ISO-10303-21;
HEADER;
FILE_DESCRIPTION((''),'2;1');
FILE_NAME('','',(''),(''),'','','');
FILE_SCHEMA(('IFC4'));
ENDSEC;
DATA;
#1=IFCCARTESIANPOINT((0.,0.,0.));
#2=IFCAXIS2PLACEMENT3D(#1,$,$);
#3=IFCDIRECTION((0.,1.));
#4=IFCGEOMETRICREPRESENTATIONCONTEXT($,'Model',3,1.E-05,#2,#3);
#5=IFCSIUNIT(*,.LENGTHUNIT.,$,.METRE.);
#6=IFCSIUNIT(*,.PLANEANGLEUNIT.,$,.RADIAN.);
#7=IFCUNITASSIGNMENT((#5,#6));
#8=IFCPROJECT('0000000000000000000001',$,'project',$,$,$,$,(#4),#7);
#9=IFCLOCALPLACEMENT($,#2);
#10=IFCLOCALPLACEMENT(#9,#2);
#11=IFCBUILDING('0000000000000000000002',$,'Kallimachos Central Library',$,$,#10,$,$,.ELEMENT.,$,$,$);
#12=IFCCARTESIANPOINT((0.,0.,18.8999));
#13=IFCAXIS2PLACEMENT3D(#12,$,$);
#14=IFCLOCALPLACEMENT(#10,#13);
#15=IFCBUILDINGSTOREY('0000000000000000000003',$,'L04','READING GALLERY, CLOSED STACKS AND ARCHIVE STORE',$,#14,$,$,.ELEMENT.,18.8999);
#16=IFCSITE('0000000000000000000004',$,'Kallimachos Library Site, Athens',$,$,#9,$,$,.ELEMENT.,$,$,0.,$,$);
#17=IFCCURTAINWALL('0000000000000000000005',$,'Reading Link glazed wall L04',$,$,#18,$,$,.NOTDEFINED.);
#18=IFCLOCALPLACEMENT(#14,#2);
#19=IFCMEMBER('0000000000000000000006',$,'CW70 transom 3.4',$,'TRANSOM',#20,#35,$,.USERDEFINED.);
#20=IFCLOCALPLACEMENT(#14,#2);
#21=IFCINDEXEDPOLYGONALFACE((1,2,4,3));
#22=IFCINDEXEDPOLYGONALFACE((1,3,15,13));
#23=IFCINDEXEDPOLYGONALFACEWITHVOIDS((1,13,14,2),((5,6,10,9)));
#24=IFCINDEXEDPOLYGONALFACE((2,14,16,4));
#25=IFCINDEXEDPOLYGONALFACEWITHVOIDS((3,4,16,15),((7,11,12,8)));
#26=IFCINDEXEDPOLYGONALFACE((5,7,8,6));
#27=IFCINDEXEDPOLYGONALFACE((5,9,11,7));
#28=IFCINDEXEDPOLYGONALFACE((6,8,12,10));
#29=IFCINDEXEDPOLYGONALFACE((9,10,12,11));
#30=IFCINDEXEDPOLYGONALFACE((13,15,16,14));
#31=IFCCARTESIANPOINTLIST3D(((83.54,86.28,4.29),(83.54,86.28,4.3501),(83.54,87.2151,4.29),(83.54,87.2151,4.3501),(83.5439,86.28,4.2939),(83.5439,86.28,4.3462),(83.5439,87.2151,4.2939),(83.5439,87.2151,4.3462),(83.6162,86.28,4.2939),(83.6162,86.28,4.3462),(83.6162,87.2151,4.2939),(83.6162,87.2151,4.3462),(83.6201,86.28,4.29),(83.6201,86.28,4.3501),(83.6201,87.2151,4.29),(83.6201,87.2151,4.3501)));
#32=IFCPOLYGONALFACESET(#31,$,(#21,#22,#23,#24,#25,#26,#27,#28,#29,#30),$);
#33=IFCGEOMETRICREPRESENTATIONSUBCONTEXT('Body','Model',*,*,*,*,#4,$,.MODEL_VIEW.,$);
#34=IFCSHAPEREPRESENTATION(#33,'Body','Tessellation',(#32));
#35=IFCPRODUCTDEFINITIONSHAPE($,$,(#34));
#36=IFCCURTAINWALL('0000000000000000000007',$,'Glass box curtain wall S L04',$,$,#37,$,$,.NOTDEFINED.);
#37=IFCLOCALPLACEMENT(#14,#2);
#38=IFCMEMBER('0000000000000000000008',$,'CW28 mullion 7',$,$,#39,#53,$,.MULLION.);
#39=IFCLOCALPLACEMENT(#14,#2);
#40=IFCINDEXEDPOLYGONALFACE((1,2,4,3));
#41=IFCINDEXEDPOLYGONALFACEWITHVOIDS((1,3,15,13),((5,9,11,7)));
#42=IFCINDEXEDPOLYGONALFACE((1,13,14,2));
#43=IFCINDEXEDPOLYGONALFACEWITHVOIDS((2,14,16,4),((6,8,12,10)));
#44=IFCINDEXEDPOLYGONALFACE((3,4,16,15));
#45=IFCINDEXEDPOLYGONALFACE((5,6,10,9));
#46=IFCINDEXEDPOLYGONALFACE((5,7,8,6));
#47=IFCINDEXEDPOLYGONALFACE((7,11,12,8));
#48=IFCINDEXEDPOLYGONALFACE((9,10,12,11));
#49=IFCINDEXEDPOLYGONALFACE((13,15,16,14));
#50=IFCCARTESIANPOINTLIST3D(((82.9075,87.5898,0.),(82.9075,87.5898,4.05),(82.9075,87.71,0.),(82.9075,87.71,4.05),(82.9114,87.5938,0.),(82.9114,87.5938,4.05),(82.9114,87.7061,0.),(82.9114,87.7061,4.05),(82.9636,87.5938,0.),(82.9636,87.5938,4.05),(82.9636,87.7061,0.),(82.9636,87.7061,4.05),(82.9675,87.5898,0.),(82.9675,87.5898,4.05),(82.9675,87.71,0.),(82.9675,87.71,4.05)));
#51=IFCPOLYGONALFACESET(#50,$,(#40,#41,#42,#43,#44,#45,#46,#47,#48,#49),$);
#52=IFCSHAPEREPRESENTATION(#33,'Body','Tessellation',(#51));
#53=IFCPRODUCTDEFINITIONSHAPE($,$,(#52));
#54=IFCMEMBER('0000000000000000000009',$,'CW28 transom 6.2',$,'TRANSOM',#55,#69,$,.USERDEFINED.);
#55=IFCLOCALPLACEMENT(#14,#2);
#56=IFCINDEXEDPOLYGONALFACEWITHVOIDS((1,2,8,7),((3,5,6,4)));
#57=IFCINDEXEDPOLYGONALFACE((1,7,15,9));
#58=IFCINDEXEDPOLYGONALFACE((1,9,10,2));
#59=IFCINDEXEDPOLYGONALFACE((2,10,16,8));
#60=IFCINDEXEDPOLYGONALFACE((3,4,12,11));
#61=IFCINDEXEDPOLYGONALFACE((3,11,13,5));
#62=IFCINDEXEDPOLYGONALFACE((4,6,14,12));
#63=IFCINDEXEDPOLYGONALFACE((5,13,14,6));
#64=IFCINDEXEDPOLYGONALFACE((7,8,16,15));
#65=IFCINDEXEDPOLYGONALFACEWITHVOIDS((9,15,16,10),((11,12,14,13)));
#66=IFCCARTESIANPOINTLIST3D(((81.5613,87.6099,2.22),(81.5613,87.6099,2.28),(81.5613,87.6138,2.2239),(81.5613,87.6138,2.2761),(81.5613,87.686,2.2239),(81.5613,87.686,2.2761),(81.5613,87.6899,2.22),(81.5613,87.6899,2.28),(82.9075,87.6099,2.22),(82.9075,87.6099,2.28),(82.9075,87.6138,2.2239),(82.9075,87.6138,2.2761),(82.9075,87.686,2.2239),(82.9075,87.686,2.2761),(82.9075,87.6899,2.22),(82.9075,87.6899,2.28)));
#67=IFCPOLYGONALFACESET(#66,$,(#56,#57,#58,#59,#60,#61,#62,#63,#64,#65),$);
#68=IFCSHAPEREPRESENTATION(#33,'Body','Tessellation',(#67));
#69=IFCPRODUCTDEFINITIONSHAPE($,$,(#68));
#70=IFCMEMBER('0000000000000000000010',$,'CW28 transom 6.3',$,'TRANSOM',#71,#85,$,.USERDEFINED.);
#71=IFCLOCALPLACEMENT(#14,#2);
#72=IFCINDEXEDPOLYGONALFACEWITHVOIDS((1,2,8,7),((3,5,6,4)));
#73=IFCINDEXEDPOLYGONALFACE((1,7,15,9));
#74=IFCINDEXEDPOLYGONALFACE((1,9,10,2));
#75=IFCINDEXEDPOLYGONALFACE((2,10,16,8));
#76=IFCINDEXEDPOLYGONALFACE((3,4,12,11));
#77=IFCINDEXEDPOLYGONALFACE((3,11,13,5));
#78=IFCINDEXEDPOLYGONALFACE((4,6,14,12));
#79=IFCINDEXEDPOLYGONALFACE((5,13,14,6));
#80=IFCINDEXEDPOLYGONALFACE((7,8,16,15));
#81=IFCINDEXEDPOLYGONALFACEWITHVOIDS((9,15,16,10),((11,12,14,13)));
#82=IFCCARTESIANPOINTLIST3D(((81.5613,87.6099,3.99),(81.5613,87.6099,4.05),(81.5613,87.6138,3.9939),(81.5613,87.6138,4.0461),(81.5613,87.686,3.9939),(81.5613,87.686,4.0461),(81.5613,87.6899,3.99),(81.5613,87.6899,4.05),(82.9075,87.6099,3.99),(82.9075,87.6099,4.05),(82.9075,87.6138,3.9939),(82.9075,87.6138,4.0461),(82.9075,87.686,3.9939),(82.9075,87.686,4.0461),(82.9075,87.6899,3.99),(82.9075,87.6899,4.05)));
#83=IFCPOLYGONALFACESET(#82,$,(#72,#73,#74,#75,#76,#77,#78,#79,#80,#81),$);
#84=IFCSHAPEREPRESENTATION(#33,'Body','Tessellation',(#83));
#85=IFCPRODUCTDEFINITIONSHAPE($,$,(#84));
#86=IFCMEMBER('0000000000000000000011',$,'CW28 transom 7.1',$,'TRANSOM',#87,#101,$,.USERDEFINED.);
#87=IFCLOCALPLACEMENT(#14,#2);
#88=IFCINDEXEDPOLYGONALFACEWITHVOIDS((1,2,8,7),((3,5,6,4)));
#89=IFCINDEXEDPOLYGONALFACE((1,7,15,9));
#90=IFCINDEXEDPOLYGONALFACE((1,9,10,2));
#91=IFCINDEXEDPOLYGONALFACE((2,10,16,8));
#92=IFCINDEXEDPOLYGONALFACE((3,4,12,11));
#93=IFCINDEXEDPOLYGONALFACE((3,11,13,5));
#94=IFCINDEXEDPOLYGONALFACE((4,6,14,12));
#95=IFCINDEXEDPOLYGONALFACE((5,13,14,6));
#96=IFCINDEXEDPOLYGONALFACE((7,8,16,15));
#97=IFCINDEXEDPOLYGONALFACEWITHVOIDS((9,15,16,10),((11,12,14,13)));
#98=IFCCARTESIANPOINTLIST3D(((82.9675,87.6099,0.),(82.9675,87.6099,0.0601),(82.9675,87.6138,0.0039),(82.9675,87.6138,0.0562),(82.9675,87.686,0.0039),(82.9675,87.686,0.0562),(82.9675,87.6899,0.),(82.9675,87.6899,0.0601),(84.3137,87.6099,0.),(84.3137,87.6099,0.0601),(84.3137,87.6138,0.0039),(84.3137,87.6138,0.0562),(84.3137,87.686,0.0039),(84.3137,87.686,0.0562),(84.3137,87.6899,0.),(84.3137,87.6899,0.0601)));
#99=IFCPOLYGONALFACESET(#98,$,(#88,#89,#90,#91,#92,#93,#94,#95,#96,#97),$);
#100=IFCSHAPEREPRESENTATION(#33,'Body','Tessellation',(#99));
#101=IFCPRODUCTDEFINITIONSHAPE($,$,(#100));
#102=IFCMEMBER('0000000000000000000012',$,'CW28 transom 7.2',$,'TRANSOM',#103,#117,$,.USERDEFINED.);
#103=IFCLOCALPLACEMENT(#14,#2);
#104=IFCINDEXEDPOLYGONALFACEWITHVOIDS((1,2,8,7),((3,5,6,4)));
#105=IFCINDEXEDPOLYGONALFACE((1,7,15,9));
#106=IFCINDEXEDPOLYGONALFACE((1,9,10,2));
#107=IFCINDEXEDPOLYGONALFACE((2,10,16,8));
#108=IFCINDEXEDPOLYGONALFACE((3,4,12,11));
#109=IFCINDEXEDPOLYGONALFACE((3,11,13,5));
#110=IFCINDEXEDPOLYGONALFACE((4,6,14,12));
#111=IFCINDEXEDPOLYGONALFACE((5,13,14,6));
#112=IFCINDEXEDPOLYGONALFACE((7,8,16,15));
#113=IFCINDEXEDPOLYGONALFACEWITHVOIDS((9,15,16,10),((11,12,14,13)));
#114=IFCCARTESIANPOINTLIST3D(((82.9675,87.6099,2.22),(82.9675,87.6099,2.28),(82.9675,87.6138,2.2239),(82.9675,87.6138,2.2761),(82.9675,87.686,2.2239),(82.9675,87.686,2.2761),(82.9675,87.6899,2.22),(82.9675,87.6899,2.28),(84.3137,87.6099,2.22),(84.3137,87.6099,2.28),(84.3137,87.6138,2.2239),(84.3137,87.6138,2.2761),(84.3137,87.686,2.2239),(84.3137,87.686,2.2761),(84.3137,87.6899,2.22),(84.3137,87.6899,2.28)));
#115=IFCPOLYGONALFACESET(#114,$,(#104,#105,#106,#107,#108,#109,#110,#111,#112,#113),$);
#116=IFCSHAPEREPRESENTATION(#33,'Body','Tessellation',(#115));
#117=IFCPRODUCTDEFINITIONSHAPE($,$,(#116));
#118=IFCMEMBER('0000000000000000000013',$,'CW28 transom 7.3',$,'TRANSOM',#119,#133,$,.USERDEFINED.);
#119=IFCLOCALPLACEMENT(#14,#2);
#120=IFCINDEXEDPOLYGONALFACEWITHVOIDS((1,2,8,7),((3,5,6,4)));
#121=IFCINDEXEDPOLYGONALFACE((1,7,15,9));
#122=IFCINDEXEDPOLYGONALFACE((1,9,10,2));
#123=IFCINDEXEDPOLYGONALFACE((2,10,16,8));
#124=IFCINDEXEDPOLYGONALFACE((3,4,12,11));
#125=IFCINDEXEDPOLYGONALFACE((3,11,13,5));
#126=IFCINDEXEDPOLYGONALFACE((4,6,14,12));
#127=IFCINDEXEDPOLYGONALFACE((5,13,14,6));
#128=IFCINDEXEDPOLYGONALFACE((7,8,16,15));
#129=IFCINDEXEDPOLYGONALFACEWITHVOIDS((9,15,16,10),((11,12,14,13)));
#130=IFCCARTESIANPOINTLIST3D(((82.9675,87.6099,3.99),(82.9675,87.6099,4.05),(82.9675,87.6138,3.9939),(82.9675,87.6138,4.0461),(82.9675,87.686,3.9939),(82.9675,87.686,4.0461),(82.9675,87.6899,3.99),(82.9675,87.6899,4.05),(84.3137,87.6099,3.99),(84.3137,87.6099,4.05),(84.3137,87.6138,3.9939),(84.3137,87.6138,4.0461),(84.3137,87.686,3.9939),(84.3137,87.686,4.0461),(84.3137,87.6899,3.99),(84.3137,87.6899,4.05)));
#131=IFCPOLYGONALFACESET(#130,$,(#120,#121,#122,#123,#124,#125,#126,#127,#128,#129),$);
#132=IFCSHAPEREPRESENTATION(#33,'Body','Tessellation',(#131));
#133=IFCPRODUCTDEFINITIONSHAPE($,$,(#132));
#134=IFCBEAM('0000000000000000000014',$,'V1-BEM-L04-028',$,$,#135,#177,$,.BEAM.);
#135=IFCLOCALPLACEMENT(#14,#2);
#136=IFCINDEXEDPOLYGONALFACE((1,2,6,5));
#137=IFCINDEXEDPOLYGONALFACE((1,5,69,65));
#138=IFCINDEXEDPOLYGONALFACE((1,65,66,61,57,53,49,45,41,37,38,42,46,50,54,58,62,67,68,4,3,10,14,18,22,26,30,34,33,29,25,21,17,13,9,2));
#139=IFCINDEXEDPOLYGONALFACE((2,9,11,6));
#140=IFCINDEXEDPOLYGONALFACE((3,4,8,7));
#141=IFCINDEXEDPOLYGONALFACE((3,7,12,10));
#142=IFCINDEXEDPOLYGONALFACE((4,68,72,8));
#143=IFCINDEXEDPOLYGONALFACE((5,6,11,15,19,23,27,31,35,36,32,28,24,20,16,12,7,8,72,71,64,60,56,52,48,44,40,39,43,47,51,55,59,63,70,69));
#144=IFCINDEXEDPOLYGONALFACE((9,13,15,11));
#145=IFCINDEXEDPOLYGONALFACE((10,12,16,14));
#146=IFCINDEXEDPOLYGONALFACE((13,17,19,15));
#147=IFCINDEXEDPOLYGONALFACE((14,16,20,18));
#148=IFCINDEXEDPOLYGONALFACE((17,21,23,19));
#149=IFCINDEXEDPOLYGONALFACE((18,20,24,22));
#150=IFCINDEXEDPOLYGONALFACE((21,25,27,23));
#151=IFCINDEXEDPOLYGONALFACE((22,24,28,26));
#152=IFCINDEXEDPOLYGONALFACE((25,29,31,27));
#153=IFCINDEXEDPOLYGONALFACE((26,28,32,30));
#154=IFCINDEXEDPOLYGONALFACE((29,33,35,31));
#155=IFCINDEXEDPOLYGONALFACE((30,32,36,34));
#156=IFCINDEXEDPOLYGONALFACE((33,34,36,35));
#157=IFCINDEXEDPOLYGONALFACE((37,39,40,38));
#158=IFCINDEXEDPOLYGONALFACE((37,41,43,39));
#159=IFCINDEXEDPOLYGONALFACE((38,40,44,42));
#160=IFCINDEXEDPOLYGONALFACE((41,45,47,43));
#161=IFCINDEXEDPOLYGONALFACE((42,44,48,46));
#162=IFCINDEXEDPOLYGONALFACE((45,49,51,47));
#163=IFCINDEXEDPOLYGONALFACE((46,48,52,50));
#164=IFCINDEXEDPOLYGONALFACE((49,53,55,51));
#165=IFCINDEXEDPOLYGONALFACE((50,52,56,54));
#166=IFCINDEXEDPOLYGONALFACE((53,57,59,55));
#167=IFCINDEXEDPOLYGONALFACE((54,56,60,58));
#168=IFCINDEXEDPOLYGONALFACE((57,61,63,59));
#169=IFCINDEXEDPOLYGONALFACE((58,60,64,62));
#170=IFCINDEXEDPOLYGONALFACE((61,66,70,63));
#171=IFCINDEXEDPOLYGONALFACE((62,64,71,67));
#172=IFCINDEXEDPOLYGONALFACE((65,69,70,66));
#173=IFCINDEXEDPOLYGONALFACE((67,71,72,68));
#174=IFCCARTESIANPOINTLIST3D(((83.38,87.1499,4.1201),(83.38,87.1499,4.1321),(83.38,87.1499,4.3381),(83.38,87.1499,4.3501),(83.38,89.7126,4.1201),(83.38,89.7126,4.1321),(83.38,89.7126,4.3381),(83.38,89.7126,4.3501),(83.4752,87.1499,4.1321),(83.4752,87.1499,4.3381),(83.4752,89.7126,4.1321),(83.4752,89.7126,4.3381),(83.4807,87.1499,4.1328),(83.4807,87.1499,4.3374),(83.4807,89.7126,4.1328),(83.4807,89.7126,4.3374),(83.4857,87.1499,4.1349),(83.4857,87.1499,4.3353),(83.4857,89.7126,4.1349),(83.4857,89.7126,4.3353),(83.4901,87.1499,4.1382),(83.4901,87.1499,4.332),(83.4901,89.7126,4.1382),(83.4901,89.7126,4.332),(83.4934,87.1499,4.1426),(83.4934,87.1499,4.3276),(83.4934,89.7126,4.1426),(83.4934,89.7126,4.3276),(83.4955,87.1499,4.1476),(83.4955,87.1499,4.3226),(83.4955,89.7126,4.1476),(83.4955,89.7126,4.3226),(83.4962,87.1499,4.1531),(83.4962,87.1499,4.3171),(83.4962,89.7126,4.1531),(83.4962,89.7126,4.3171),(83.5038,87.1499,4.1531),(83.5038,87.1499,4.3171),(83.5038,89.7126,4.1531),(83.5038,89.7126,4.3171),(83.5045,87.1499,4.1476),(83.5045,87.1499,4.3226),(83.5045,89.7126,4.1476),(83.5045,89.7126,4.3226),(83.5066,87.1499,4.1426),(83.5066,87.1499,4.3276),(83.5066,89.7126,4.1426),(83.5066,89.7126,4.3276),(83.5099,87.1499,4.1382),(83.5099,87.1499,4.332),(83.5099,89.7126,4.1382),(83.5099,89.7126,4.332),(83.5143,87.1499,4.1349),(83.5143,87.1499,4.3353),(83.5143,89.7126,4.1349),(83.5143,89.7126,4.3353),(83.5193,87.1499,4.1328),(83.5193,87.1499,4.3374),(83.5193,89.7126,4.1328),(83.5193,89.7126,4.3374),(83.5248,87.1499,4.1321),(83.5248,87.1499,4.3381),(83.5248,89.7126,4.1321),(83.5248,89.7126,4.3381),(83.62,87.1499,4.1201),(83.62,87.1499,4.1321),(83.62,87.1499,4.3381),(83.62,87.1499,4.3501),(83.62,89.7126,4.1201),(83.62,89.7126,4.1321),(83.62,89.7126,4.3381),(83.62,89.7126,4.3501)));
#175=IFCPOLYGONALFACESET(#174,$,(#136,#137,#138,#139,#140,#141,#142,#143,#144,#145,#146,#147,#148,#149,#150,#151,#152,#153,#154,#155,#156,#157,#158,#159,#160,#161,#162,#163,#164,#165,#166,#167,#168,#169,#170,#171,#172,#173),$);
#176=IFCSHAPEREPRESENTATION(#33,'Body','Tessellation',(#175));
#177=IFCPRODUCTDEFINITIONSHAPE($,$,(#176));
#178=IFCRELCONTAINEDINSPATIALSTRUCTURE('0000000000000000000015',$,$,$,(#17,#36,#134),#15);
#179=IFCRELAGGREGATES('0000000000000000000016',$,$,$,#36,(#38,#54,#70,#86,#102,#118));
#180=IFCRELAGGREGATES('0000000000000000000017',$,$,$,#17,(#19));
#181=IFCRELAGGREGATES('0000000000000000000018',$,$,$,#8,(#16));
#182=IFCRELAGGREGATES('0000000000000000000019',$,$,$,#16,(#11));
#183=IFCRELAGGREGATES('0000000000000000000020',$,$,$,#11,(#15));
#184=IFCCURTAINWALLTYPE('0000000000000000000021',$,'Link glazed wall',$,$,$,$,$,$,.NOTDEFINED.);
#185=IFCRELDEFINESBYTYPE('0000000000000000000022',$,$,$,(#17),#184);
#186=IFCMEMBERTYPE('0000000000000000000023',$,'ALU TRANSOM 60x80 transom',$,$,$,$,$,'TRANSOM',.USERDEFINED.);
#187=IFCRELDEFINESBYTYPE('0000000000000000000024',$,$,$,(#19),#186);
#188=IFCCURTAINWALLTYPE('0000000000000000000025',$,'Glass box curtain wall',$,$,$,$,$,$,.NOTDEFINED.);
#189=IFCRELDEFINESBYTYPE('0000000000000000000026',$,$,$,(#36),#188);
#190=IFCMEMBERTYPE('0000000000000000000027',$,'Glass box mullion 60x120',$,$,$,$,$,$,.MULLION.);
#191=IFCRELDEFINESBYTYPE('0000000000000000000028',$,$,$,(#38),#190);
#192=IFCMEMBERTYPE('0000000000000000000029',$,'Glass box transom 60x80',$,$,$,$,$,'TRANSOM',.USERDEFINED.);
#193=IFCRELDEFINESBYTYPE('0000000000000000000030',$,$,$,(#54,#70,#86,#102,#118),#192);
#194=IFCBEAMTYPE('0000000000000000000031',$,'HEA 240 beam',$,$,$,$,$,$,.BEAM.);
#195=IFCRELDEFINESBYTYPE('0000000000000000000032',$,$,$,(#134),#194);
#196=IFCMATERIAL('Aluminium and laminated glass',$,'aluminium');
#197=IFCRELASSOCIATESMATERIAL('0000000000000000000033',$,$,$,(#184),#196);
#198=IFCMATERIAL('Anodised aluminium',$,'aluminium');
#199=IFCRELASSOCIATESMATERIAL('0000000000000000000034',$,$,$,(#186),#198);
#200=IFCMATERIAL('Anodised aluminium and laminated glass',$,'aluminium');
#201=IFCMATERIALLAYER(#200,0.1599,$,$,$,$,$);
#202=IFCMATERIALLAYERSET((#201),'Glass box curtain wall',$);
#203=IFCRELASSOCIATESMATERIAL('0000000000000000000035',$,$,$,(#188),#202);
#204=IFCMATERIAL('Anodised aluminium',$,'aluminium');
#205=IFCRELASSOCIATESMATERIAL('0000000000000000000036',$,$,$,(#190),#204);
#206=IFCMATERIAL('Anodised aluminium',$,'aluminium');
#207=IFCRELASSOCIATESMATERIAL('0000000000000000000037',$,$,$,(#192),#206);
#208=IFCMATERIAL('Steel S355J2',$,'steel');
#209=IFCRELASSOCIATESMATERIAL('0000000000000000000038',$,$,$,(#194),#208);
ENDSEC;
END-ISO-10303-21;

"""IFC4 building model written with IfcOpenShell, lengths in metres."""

from ifc_helpers import new_model, si_unit, direction, frame, origin, origin_2d, place, context, subcontext, project, spatial, hollow_rectangle, i_section, extrude, material, layer, layer_set, material_profile, profile_set, type_object, element, aggregate, save


model = new_model("IFC4")

# Units and contexts
model_context = context("Model", 3, precision=1e-05, world=origin(), true_north=direction((0.0, 1.0)))
body_context = subcontext(model_context, "Body", "Model", "MODEL_VIEW")
ifc_project = project(units=[si_unit("LENGTHUNIT", "METRE"), si_unit("PLANEANGLEUNIT", "RADIAN")], contexts=[model_context])

# Site, building, storey
site_placement = place(None, origin())
site = spatial("IfcSite", under=ifc_project, at=site_placement, Name="Kallimachos Library Site, Athens", CompositionType="ELEMENT", RefElevation=0.0)
building_placement = place(site_placement, origin())
building = spatial("IfcBuilding", under=site, at=building_placement, Name="Kallimachos Central Library", CompositionType="ELEMENT")
storey_placement = place(building_placement, frame((0.0, 0.0, 18.8999)))
storey = spatial("IfcBuildingStorey", under=building, at=storey_placement, Name="L04", Description="READING GALLERY, CLOSED STACKS AND ARCHIVE STORE", CompositionType="ELEMENT", Elevation=18.8999)

# Curtain walls, members
ifc_material_1 = material(Name="Aluminium and laminated glass", Category="aluminium")
curtain_wall_type_1 = type_object("IfcCurtainWallType", Name="Link glazed wall", PredefinedType="NOTDEFINED", material=ifc_material_1)
curtain_wall_1_placement = place(storey_placement, origin())
curtain_wall_1 = element("IfcCurtainWall", 1, at=curtain_wall_1_placement, inside=storey, type_object=curtain_wall_type_1, Name="Reading Link glazed wall L04", PredefinedType="NOTDEFINED")
ifc_material_2 = material(Name="Anodised aluminium", Category="aluminium")
ifc_material_profile_1 = material_profile(ifc_material_2, hollow_rectangle(XDim=0.0601, YDim=0.0801, WallThickness=0.0039, at=origin_2d()), Name="ALU TRANSOM 60x80")
ifc_profile_set_1 = profile_set([ifc_material_profile_1], Name="Anodised aluminium")
member_type_1 = type_object("IfcMemberType", Name="ALU TRANSOM 60x80 transom", ElementType="TRANSOM", PredefinedType="USERDEFINED", material=ifc_profile_set_1)
member_1_placement = place(storey_placement, frame((83.5801, 86.28, 4.3201), z_axis=(0.0, 1.0, 0.0), x_axis=(0.0, 0.0, 1.0)))
member_1 = element("IfcMember", 2, at=member_1_placement, type_object=member_type_1, Name="CW70 transom 3.4", ObjectType="TRANSOM", PredefinedType="USERDEFINED", context=body_context, shape_type="SweptSolid", body=[
    extrude(hollow_rectangle(XDim=0.0601, YDim=0.0801, WallThickness=0.0039, at=origin_2d()), origin(), (0.0, 0.0, 1.0), 0.9351),
])
ifc_material_3 = material(Name="Anodised aluminium and laminated glass", Category="aluminium")
ifc_layer_1 = layer(ifc_material_3, 0.1599)
ifc_layer_set_1 = layer_set([ifc_layer_1], Name="Glass box curtain wall")
curtain_wall_type_2 = type_object("IfcCurtainWallType", Name="Glass box curtain wall", PredefinedType="NOTDEFINED", material=ifc_layer_set_1)
curtain_wall_2_placement = place(storey_placement, origin())
curtain_wall_2 = element("IfcCurtainWall", 3, at=curtain_wall_2_placement, inside=storey, type_object=curtain_wall_type_2, Name="Glass box curtain wall S L04", PredefinedType="NOTDEFINED")
ifc_material_4 = material(Name="Anodised aluminium", Category="aluminium")
ifc_material_profile_2 = material_profile(ifc_material_4, hollow_rectangle(XDim=0.0601, YDim=0.1201, WallThickness=0.0039, at=origin_2d()), Name="ALU MULLION 60x120")
ifc_profile_set_2 = profile_set([ifc_material_profile_2], Name="Anodised aluminium")
member_type_2 = type_object("IfcMemberType", Name="Glass box mullion 60x120", PredefinedType="MULLION", material=ifc_profile_set_2)
member_2_placement = place(storey_placement, frame((82.9375, 87.6499, 0.0), z_axis=(0.0, 0.0, 1.0), x_axis=(1.0, 0.0, 0.0)))
member_2 = element("IfcMember", 4, at=member_2_placement, type_object=member_type_2, Name="CW28 mullion 7", PredefinedType="MULLION", context=body_context, shape_type="SweptSolid", body=[
    extrude(hollow_rectangle(XDim=0.0601, YDim=0.1201, WallThickness=0.0039, at=origin_2d()), origin(), (0.0, 0.0, 1.0), 4.05),
])
ifc_material_5 = material(Name="Anodised aluminium", Category="aluminium")
ifc_material_profile_3 = material_profile(ifc_material_5, hollow_rectangle(XDim=0.0601, YDim=0.0801, WallThickness=0.0039, at=origin_2d()), Name="ALU TRANSOM 60x80")
ifc_profile_set_3 = profile_set([ifc_material_profile_3], Name="Anodised aluminium")
member_type_3 = type_object("IfcMemberType", Name="Glass box transom 60x80", ElementType="TRANSOM", PredefinedType="USERDEFINED", material=ifc_profile_set_3)
member_3_placement = place(storey_placement, frame((81.5613, 87.6499, 2.25), z_axis=(1.0, 0.0, 0.0), x_axis=(0.0, 0.0, 1.0)))
member_3 = element("IfcMember", 5, at=member_3_placement, type_object=member_type_3, Name="CW28 transom 6.2", ObjectType="TRANSOM", PredefinedType="USERDEFINED", context=body_context, shape_type="SweptSolid", body=[
    extrude(hollow_rectangle(XDim=0.0601, YDim=0.0801, WallThickness=0.0039, at=origin_2d()), origin(), (0.0, 0.0, 1.0), 1.3462),
])
member_4_placement = place(storey_placement, frame((81.5613, 87.6499, 4.02), z_axis=(1.0, 0.0, 0.0), x_axis=(0.0, 0.0, 1.0)))
member_4 = element("IfcMember", 6, at=member_4_placement, type_object=member_type_3, Name="CW28 transom 6.3", ObjectType="TRANSOM", PredefinedType="USERDEFINED", context=body_context, shape_type="SweptSolid", body=[
    extrude(hollow_rectangle(XDim=0.0601, YDim=0.0801, WallThickness=0.0039, at=origin_2d()), origin(), (0.0, 0.0, 1.0), 1.3462),
])
member_5_placement = place(storey_placement, frame((82.9675, 87.6499, 0.03), z_axis=(1.0, 0.0, 0.0), x_axis=(0.0, 0.0, 1.0)))
member_5 = element("IfcMember", 7, at=member_5_placement, type_object=member_type_3, Name="CW28 transom 7.1", ObjectType="TRANSOM", PredefinedType="USERDEFINED", context=body_context, shape_type="SweptSolid", body=[
    extrude(hollow_rectangle(XDim=0.0601, YDim=0.0801, WallThickness=0.0039, at=origin_2d()), origin(), (0.0, 0.0, 1.0), 1.3462),
])
member_6_placement = place(storey_placement, frame((82.9675, 87.6499, 2.25), z_axis=(1.0, 0.0, 0.0), x_axis=(0.0, 0.0, 1.0)))
member_6 = element("IfcMember", 8, at=member_6_placement, type_object=member_type_3, Name="CW28 transom 7.2", ObjectType="TRANSOM", PredefinedType="USERDEFINED", context=body_context, shape_type="SweptSolid", body=[
    extrude(hollow_rectangle(XDim=0.0601, YDim=0.0801, WallThickness=0.0039, at=origin_2d()), origin(), (0.0, 0.0, 1.0), 1.3462),
])
member_7_placement = place(storey_placement, frame((82.9675, 87.6499, 4.02), z_axis=(1.0, 0.0, 0.0), x_axis=(0.0, 0.0, 1.0)))
member_7 = element("IfcMember", 9, at=member_7_placement, type_object=member_type_3, Name="CW28 transom 7.3", ObjectType="TRANSOM", PredefinedType="USERDEFINED", context=body_context, shape_type="SweptSolid", body=[
    extrude(hollow_rectangle(XDim=0.0601, YDim=0.0801, WallThickness=0.0039, at=origin_2d()), origin(), (0.0, 0.0, 1.0), 1.3462),
])

# Beam
ifc_material_6 = material(Name="Steel S355J2", Category="steel")
ifc_material_profile_4 = material_profile(ifc_material_6, i_section(OverallWidth=0.24, OverallDepth=0.23, WebThickness=0.0076, FlangeThickness=0.012, FilletRadius=0.021, at=origin_2d()), Name="HEA 240")
ifc_profile_set_4 = profile_set([ifc_material_profile_4], Name="Steel S355J2")
beam_type_1 = type_object("IfcBeamType", Name="HEA 240 beam", PredefinedType="BEAM", material=ifc_profile_set_4)
beam_1_placement = place(storey_placement, frame((83.5, 87.1499, 4.2351), z_axis=(0.0, 1.0, 0.0), x_axis=(-1.0, 0.0, 0.0)))
element("IfcBeam", 10, at=beam_1_placement, inside=storey, type_object=beam_type_1, Name="V1-BEM-L04-028", PredefinedType="BEAM", context=body_context, shape_type="SweptSolid", body=[
    extrude(i_section(OverallWidth=0.24, OverallDepth=0.23, WebThickness=0.0076, FlangeThickness=0.012, FilletRadius=0.021, at=origin_2d()), origin(), (0.0, 0.0, 1.0), 2.5627),
])

aggregate(curtain_wall_2, [member_2, member_3, member_4, member_5, member_6, member_7])
aggregate(curtain_wall_1, [member_1])

save(model, "model.ifc")
